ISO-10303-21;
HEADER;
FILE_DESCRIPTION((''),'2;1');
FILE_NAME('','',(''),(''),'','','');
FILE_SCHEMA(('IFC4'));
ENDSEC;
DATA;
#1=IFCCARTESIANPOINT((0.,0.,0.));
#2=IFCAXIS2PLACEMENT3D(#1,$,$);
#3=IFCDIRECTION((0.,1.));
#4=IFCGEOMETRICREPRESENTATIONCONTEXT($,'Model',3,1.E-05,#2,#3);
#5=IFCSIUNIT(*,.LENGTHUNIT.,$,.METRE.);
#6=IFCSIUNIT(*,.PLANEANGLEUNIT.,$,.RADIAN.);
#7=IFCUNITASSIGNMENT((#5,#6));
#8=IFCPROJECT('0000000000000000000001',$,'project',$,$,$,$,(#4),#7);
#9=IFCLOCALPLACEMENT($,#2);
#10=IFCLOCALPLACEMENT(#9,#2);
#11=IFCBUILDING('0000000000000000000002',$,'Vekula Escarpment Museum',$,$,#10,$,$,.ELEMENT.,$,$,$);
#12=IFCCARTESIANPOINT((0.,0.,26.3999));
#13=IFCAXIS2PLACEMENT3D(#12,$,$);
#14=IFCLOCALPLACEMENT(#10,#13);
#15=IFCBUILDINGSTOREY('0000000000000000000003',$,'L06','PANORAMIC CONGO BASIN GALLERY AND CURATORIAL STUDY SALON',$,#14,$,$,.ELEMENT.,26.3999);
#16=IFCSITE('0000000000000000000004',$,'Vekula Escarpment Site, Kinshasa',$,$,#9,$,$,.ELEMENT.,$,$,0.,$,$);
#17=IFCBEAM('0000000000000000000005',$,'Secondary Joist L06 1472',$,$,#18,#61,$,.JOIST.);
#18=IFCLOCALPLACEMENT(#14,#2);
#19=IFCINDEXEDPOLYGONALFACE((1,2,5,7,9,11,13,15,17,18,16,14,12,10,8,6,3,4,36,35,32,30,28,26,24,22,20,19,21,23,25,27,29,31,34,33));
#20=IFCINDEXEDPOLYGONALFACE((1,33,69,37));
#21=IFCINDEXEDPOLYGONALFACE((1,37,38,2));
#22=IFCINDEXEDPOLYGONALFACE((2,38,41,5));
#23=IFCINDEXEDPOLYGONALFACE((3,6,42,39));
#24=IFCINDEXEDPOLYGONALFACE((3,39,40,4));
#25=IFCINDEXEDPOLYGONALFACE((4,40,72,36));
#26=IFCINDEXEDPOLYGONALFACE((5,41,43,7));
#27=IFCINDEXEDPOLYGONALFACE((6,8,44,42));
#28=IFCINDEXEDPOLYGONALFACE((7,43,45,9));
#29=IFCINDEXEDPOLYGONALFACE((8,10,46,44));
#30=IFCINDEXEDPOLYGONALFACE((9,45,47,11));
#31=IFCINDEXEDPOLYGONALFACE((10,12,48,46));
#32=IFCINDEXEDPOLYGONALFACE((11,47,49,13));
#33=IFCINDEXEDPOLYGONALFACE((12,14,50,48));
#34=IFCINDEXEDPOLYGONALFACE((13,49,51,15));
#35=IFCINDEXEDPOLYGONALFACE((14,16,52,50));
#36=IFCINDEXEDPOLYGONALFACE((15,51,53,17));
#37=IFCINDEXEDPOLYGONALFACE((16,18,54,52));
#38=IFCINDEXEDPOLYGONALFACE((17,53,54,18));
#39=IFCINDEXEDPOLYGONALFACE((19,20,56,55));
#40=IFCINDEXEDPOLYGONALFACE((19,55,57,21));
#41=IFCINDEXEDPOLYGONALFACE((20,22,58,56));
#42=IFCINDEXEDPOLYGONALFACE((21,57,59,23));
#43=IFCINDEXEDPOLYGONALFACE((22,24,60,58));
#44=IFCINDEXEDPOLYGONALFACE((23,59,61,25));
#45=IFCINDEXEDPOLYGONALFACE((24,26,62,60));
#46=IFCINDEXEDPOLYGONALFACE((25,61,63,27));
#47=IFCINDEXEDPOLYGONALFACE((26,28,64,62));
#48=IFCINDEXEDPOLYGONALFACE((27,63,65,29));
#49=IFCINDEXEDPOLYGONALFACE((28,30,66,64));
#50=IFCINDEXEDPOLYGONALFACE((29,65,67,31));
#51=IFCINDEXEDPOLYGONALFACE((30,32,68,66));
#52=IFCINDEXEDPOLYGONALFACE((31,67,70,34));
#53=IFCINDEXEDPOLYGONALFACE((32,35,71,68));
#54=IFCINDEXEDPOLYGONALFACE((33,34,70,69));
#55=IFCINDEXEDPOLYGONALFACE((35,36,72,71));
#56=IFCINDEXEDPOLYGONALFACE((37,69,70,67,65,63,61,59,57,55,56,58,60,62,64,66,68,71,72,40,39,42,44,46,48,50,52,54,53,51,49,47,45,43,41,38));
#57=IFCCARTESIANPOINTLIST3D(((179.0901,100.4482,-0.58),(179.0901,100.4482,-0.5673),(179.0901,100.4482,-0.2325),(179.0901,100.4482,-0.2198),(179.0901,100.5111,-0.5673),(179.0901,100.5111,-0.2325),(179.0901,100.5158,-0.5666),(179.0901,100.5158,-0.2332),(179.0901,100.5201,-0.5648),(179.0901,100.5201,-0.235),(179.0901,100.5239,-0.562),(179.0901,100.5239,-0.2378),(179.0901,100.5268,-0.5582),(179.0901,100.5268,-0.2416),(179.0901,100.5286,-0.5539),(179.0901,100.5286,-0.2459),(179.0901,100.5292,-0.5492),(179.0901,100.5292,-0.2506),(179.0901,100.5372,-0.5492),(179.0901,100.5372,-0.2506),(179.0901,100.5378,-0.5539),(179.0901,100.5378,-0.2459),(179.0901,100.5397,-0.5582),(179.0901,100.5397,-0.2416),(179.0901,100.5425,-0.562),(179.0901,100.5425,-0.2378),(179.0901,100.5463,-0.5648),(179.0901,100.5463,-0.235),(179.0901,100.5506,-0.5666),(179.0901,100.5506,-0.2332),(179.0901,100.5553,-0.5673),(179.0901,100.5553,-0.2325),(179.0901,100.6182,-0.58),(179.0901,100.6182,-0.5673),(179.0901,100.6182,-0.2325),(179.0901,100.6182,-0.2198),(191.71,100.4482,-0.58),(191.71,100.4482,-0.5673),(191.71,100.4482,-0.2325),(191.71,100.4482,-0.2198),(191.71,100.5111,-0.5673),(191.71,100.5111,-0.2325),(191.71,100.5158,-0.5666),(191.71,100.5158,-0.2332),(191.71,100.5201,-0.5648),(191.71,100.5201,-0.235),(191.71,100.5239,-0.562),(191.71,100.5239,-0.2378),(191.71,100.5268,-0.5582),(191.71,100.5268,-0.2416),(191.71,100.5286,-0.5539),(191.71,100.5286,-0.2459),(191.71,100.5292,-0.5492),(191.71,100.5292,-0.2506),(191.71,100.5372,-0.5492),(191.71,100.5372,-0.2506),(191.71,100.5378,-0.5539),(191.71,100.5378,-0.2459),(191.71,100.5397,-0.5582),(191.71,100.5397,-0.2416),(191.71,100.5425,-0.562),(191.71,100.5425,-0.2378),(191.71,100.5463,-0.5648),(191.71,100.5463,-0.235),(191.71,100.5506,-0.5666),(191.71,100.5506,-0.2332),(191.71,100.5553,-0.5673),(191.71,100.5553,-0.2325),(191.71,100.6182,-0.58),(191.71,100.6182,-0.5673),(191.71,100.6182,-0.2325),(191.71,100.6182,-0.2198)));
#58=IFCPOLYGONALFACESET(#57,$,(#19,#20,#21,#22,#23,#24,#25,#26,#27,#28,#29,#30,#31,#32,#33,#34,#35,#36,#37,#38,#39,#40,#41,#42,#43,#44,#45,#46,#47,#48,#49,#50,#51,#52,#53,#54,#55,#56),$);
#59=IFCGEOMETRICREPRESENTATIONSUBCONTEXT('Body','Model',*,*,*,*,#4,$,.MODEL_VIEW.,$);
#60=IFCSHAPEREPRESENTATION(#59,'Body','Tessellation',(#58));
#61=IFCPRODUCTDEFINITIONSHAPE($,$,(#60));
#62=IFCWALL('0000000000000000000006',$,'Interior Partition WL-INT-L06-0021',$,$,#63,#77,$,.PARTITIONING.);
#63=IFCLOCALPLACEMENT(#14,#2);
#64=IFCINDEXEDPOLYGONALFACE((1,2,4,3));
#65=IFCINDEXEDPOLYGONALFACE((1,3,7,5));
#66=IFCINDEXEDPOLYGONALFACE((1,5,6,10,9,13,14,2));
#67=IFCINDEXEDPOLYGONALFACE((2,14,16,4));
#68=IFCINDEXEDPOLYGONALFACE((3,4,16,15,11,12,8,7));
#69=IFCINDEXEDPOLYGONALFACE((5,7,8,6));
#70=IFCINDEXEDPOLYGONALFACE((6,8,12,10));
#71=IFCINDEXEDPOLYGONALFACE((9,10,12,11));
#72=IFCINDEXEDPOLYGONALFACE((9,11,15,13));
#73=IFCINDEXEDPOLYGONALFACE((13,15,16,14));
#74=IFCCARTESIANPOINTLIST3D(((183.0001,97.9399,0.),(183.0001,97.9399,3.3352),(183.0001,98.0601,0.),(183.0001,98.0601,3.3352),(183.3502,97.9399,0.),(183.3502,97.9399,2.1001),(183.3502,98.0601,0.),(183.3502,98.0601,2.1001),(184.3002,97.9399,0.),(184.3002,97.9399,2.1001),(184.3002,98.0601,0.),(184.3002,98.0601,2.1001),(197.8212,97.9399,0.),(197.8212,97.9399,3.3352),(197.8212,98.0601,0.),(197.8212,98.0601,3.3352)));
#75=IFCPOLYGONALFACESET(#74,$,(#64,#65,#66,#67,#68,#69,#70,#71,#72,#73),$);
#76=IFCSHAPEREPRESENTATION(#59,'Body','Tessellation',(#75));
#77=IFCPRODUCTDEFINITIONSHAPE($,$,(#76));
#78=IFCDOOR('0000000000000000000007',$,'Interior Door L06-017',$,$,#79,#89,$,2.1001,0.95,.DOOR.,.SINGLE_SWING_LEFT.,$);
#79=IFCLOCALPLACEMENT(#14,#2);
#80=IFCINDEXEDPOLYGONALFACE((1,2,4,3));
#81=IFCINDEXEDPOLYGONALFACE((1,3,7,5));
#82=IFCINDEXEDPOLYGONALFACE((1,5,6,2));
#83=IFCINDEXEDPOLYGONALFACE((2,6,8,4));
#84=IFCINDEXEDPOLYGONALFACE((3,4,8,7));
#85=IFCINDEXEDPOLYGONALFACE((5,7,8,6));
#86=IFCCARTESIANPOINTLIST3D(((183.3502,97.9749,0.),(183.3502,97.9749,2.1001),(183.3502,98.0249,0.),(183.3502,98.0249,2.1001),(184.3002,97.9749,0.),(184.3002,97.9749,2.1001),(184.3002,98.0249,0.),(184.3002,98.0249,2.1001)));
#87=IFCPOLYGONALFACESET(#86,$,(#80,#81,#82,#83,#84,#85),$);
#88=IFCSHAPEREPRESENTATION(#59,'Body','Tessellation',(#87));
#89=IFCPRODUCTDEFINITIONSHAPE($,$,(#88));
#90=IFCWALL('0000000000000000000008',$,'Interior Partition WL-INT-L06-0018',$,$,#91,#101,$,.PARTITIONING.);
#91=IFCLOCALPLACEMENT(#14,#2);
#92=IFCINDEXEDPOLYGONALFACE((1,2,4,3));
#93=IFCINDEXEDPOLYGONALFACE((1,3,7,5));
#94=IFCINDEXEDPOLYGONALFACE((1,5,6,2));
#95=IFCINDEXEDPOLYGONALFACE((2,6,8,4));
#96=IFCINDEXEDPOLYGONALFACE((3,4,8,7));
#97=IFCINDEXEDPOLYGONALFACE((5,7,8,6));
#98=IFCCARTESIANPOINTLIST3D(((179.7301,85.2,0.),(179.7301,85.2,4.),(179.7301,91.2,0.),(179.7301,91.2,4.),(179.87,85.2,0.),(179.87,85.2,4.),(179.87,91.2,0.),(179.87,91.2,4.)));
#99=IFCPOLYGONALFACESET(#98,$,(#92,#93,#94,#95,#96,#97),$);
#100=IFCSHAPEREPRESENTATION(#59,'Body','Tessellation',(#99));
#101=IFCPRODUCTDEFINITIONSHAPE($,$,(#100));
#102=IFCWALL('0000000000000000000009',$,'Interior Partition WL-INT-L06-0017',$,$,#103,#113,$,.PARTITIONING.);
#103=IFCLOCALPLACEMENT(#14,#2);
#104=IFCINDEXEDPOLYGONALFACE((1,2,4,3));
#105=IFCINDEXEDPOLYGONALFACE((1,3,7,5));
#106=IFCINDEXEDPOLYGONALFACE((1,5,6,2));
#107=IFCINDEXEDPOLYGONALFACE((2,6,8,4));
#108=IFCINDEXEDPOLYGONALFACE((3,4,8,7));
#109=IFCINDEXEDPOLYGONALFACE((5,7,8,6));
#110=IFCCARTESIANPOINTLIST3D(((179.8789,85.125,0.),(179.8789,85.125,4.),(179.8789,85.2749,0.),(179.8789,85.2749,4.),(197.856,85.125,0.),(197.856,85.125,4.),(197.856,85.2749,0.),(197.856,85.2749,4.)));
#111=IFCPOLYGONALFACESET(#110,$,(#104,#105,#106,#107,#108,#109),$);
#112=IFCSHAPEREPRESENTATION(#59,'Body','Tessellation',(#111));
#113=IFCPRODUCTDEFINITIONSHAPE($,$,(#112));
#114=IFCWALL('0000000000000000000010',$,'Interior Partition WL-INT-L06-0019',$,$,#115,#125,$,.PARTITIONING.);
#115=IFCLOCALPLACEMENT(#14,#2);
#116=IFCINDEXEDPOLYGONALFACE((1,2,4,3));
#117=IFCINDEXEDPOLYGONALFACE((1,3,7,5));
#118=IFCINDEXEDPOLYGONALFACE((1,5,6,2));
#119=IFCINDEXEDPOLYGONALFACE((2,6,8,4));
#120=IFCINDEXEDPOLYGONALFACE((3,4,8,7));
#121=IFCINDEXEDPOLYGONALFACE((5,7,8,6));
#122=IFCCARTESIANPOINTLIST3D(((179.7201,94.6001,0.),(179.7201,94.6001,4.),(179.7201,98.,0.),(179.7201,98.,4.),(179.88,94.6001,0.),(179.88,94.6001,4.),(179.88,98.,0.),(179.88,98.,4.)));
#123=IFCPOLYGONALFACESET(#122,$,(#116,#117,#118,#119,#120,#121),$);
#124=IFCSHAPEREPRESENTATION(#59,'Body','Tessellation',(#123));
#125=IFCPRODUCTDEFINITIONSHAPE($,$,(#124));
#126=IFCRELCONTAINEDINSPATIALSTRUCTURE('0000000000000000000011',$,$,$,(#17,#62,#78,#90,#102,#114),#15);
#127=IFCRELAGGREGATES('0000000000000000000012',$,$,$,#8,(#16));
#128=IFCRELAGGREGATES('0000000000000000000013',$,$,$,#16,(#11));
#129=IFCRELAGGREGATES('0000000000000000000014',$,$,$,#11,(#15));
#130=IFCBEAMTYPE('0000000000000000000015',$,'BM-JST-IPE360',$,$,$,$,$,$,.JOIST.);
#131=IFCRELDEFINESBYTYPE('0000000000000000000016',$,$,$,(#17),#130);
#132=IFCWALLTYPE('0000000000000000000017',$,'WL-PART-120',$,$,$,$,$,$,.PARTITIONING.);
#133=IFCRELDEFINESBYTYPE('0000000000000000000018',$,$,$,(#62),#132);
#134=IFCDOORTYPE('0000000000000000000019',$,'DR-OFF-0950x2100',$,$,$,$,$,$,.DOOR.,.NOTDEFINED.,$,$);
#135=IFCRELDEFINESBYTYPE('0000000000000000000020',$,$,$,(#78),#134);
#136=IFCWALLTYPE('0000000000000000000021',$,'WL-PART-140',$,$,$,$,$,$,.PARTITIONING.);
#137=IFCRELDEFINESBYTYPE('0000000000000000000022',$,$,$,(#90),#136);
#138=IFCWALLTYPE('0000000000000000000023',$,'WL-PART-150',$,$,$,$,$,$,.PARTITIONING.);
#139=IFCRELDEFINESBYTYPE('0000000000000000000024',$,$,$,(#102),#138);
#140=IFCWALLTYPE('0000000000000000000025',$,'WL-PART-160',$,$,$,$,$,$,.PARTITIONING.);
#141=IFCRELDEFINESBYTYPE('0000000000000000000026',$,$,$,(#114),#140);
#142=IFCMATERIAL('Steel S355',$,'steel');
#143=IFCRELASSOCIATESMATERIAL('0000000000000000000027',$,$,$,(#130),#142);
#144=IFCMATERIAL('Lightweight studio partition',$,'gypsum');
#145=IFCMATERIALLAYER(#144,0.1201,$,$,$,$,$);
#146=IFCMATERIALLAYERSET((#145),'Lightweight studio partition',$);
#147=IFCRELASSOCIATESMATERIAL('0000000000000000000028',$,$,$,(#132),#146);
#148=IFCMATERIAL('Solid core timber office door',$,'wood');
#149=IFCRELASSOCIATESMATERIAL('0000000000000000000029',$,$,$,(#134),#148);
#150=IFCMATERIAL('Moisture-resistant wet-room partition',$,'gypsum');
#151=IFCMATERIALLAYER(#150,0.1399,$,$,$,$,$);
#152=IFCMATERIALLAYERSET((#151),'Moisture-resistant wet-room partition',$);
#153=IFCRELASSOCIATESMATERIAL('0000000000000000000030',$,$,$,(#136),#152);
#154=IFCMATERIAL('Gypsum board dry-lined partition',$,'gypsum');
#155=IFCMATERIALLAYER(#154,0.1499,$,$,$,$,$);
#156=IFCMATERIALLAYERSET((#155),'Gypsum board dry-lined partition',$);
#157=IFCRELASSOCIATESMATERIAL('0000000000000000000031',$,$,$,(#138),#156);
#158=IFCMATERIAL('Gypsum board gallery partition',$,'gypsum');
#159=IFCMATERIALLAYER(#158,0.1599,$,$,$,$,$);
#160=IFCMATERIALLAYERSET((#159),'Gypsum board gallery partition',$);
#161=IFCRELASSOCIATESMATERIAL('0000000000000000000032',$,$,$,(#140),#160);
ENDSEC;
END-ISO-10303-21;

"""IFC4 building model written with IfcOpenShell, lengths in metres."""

from ifc_helpers import new_model, si_unit, direction, frame, frame_2d, origin, origin_2d, place, context, subcontext, project, spatial, rectangle, i_section, extrude, material, layer, layer_set, material_profile, profile_set, type_object, element, fill, save


model = new_model("IFC4")

# Units and contexts
model_context = context("Model", 3, precision=1e-05, world=origin(), true_north=direction((0.0, 1.0)))
body_context = subcontext(model_context, "Body", "Model", "MODEL_VIEW")
ifc_project = project(units=[si_unit("LENGTHUNIT", "METRE"), si_unit("PLANEANGLEUNIT", "RADIAN")], contexts=[model_context])

# Site, building, storey
site_placement = place(None, origin())
site = spatial("IfcSite", under=ifc_project, at=site_placement, Name="Vekula Escarpment Site, Kinshasa", CompositionType="ELEMENT", RefElevation=0.0)
building_placement = place(site_placement, origin())
building = spatial("IfcBuilding", under=site, at=building_placement, Name="Vekula Escarpment Museum", CompositionType="ELEMENT")
storey_placement = place(building_placement, frame((0.0, 0.0, 26.3999)))
storey = spatial("IfcBuildingStorey", under=building, at=storey_placement, Name="L06", Description="PANORAMIC CONGO BASIN GALLERY AND CURATORIAL STUDY SALON", CompositionType="ELEMENT", Elevation=26.3999)

# Beam
ifc_material_1 = material(Name="Steel S355", Category="steel")
ifc_material_profile_1 = material_profile(ifc_material_1, i_section(OverallWidth=0.1699, OverallDepth=0.3601, WebThickness=0.0081, FlangeThickness=0.0127, FilletRadius=0.0181, at=origin_2d()), Name="IPE 360")
ifc_profile_set_1 = profile_set([ifc_material_profile_1], Name="Steel S355")
beam_type_1 = type_object("IfcBeamType", Name="BM-JST-IPE360", PredefinedType="JOIST", material=ifc_profile_set_1)
beam_1_placement = place(storey_placement, frame((179.0901, 100.5332, -0.3999), z_axis=(1.0, 0.0, 0.0), x_axis=(0.0, 1.0, 0.0)))
element("IfcBeam", 1, at=beam_1_placement, inside=storey, type_object=beam_type_1, Name="Secondary Joist L06 1472", PredefinedType="JOIST", context=body_context, shape_type="SweptSolid", body=[
    extrude(i_section(OverallWidth=0.1699, OverallDepth=0.3601, WebThickness=0.0081, FlangeThickness=0.0127, FilletRadius=0.0181, at=origin_2d()), origin(), (0.0, 0.0, 1.0), 12.6199),
])

# Wall, opening, door
ifc_material_2 = material(Name="Lightweight studio partition", Category="gypsum")
ifc_layer_1 = layer(ifc_material_2, 0.1201)
ifc_layer_set_1 = layer_set([ifc_layer_1], Name="Lightweight studio partition")
wall_type_1 = type_object("IfcWallType", Name="WL-PART-120", PredefinedType="PARTITIONING", material=ifc_layer_set_1)
wall_1_placement = place(storey_placement, frame((183.0, 98.0, 0.0), z_axis=(0.0, 0.0, 1.0), x_axis=(1.0, 0.0, 0.0)))
wall_1 = element("IfcWall", 2, at=wall_1_placement, inside=storey, type_object=wall_type_1, Name="Interior Partition WL-INT-L06-0021", PredefinedType="PARTITIONING", context=body_context, shape_type="SweptSolid", body=[
    extrude(rectangle(XDim=14.821, YDim=0.1201, at=frame_2d((7.4106, 0.0))), origin(), (0.0, 0.0, 1.0), 3.3352),
])
opening_1_placement = place(wall_1_placement, frame((0.3501, 0.0, 0.0)))
opening_1 = element("IfcOpeningElement", 3, at=opening_1_placement, cuts=wall_1, PredefinedType="OPENING", context=body_context, shape_type="SweptSolid", body=[
    extrude(rectangle(XDim=0.95, YDim=2.1001, at=frame_2d((0.4751, 1.05))), frame((0.0, 0.0701, 0.0), z_axis=(0.0, -1.0, 0.0), x_axis=(1.0, 0.0, 0.0)), (0.0, 0.0, 1.0), 0.1401),
])
ifc_material_3 = material(Name="Solid core timber office door", Category="wood")
door_type_1 = type_object("IfcDoorType", Name="DR-OFF-0950x2100", OperationType="NOTDEFINED", PredefinedType="DOOR", material=ifc_material_3)
door_1_placement = place(opening_1_placement, origin())
door_1 = element("IfcDoor", 4, at=door_1_placement, inside=storey, type_object=door_type_1, Name="Interior Door L06-017", OperationType="SINGLE_SWING_LEFT", OverallHeight=2.1001, OverallWidth=0.95, PredefinedType="DOOR", context=body_context, shape_type="SweptSolid", body=[
    extrude(rectangle(XDim=0.95, YDim=2.1001, at=frame_2d((0.4751, 1.05))), frame((0.0, 0.0249, 0.0), z_axis=(0.0, -1.0, 0.0), x_axis=(1.0, 0.0, 0.0)), (0.0, 0.0, 1.0), 0.05),
])
fill(opening_1, door_1)

# Wall
ifc_material_4 = material(Name="Moisture-resistant wet-room partition", Category="gypsum")
ifc_layer_2 = layer(ifc_material_4, 0.1399)
ifc_layer_set_2 = layer_set([ifc_layer_2], Name="Moisture-resistant wet-room partition")
wall_type_2 = type_object("IfcWallType", Name="WL-PART-140", PredefinedType="PARTITIONING", material=ifc_layer_set_2)
wall_2_placement = place(storey_placement, frame((179.8, 85.2, 0.0), z_axis=(0.0, 0.0, 1.0), x_axis=(0.0, 1.0, 0.0)))
element("IfcWall", 5, at=wall_2_placement, inside=storey, type_object=wall_type_2, Name="Interior Partition WL-INT-L06-0018", PredefinedType="PARTITIONING", context=body_context, shape_type="SweptSolid", body=[
    extrude(rectangle(XDim=6.0, YDim=0.1399, at=frame_2d((3.0, 0.0))), origin(), (0.0, 0.0, 1.0), 4.0),
])

# Shared definitions
ifc_material_5 = material(Name="Gypsum board dry-lined partition", Category="gypsum")
ifc_layer_3 = layer(ifc_material_5, 0.1499)
ifc_layer_set_3 = layer_set([ifc_layer_3], Name="Gypsum board dry-lined partition")
wall_type_3 = type_object("IfcWallType", Name="WL-PART-150", PredefinedType="PARTITIONING", material=ifc_layer_set_3)

# Wall
wall_3_placement = place(storey_placement, frame((179.8789, 85.2, 0.0), z_axis=(0.0, 0.0, 1.0), x_axis=(1.0, 0.0, 0.0)))
element("IfcWall", 6, at=wall_3_placement, inside=storey, type_object=wall_type_3, Name="Interior Partition WL-INT-L06-0017", PredefinedType="PARTITIONING", context=body_context, shape_type="SweptSolid", body=[
    extrude(rectangle(XDim=17.9771, YDim=0.1499, at=frame_2d((8.9885, 0.0))), origin(), (0.0, 0.0, 1.0), 4.0),
])

# Wall
ifc_material_6 = material(Name="Gypsum board gallery partition", Category="gypsum")
ifc_layer_4 = layer(ifc_material_6, 0.1599)
ifc_layer_set_4 = layer_set([ifc_layer_4], Name="Gypsum board gallery partition")
wall_type_4 = type_object("IfcWallType", Name="WL-PART-160", PredefinedType="PARTITIONING", material=ifc_layer_set_4)
wall_4_placement = place(storey_placement, frame((179.8, 94.6001, 0.0), z_axis=(0.0, 0.0, 1.0), x_axis=(0.0, 1.0, 0.0)))
element("IfcWall", 7, at=wall_4_placement, inside=storey, type_object=wall_type_4, Name="Interior Partition WL-INT-L06-0019", PredefinedType="PARTITIONING", context=body_context, shape_type="SweptSolid", body=[
    extrude(rectangle(XDim=3.3999, YDim=0.1599, at=frame_2d((1.7, 0.0))), origin(), (0.0, 0.0, 1.0), 4.0),
])

save(model, "model.ifc")
